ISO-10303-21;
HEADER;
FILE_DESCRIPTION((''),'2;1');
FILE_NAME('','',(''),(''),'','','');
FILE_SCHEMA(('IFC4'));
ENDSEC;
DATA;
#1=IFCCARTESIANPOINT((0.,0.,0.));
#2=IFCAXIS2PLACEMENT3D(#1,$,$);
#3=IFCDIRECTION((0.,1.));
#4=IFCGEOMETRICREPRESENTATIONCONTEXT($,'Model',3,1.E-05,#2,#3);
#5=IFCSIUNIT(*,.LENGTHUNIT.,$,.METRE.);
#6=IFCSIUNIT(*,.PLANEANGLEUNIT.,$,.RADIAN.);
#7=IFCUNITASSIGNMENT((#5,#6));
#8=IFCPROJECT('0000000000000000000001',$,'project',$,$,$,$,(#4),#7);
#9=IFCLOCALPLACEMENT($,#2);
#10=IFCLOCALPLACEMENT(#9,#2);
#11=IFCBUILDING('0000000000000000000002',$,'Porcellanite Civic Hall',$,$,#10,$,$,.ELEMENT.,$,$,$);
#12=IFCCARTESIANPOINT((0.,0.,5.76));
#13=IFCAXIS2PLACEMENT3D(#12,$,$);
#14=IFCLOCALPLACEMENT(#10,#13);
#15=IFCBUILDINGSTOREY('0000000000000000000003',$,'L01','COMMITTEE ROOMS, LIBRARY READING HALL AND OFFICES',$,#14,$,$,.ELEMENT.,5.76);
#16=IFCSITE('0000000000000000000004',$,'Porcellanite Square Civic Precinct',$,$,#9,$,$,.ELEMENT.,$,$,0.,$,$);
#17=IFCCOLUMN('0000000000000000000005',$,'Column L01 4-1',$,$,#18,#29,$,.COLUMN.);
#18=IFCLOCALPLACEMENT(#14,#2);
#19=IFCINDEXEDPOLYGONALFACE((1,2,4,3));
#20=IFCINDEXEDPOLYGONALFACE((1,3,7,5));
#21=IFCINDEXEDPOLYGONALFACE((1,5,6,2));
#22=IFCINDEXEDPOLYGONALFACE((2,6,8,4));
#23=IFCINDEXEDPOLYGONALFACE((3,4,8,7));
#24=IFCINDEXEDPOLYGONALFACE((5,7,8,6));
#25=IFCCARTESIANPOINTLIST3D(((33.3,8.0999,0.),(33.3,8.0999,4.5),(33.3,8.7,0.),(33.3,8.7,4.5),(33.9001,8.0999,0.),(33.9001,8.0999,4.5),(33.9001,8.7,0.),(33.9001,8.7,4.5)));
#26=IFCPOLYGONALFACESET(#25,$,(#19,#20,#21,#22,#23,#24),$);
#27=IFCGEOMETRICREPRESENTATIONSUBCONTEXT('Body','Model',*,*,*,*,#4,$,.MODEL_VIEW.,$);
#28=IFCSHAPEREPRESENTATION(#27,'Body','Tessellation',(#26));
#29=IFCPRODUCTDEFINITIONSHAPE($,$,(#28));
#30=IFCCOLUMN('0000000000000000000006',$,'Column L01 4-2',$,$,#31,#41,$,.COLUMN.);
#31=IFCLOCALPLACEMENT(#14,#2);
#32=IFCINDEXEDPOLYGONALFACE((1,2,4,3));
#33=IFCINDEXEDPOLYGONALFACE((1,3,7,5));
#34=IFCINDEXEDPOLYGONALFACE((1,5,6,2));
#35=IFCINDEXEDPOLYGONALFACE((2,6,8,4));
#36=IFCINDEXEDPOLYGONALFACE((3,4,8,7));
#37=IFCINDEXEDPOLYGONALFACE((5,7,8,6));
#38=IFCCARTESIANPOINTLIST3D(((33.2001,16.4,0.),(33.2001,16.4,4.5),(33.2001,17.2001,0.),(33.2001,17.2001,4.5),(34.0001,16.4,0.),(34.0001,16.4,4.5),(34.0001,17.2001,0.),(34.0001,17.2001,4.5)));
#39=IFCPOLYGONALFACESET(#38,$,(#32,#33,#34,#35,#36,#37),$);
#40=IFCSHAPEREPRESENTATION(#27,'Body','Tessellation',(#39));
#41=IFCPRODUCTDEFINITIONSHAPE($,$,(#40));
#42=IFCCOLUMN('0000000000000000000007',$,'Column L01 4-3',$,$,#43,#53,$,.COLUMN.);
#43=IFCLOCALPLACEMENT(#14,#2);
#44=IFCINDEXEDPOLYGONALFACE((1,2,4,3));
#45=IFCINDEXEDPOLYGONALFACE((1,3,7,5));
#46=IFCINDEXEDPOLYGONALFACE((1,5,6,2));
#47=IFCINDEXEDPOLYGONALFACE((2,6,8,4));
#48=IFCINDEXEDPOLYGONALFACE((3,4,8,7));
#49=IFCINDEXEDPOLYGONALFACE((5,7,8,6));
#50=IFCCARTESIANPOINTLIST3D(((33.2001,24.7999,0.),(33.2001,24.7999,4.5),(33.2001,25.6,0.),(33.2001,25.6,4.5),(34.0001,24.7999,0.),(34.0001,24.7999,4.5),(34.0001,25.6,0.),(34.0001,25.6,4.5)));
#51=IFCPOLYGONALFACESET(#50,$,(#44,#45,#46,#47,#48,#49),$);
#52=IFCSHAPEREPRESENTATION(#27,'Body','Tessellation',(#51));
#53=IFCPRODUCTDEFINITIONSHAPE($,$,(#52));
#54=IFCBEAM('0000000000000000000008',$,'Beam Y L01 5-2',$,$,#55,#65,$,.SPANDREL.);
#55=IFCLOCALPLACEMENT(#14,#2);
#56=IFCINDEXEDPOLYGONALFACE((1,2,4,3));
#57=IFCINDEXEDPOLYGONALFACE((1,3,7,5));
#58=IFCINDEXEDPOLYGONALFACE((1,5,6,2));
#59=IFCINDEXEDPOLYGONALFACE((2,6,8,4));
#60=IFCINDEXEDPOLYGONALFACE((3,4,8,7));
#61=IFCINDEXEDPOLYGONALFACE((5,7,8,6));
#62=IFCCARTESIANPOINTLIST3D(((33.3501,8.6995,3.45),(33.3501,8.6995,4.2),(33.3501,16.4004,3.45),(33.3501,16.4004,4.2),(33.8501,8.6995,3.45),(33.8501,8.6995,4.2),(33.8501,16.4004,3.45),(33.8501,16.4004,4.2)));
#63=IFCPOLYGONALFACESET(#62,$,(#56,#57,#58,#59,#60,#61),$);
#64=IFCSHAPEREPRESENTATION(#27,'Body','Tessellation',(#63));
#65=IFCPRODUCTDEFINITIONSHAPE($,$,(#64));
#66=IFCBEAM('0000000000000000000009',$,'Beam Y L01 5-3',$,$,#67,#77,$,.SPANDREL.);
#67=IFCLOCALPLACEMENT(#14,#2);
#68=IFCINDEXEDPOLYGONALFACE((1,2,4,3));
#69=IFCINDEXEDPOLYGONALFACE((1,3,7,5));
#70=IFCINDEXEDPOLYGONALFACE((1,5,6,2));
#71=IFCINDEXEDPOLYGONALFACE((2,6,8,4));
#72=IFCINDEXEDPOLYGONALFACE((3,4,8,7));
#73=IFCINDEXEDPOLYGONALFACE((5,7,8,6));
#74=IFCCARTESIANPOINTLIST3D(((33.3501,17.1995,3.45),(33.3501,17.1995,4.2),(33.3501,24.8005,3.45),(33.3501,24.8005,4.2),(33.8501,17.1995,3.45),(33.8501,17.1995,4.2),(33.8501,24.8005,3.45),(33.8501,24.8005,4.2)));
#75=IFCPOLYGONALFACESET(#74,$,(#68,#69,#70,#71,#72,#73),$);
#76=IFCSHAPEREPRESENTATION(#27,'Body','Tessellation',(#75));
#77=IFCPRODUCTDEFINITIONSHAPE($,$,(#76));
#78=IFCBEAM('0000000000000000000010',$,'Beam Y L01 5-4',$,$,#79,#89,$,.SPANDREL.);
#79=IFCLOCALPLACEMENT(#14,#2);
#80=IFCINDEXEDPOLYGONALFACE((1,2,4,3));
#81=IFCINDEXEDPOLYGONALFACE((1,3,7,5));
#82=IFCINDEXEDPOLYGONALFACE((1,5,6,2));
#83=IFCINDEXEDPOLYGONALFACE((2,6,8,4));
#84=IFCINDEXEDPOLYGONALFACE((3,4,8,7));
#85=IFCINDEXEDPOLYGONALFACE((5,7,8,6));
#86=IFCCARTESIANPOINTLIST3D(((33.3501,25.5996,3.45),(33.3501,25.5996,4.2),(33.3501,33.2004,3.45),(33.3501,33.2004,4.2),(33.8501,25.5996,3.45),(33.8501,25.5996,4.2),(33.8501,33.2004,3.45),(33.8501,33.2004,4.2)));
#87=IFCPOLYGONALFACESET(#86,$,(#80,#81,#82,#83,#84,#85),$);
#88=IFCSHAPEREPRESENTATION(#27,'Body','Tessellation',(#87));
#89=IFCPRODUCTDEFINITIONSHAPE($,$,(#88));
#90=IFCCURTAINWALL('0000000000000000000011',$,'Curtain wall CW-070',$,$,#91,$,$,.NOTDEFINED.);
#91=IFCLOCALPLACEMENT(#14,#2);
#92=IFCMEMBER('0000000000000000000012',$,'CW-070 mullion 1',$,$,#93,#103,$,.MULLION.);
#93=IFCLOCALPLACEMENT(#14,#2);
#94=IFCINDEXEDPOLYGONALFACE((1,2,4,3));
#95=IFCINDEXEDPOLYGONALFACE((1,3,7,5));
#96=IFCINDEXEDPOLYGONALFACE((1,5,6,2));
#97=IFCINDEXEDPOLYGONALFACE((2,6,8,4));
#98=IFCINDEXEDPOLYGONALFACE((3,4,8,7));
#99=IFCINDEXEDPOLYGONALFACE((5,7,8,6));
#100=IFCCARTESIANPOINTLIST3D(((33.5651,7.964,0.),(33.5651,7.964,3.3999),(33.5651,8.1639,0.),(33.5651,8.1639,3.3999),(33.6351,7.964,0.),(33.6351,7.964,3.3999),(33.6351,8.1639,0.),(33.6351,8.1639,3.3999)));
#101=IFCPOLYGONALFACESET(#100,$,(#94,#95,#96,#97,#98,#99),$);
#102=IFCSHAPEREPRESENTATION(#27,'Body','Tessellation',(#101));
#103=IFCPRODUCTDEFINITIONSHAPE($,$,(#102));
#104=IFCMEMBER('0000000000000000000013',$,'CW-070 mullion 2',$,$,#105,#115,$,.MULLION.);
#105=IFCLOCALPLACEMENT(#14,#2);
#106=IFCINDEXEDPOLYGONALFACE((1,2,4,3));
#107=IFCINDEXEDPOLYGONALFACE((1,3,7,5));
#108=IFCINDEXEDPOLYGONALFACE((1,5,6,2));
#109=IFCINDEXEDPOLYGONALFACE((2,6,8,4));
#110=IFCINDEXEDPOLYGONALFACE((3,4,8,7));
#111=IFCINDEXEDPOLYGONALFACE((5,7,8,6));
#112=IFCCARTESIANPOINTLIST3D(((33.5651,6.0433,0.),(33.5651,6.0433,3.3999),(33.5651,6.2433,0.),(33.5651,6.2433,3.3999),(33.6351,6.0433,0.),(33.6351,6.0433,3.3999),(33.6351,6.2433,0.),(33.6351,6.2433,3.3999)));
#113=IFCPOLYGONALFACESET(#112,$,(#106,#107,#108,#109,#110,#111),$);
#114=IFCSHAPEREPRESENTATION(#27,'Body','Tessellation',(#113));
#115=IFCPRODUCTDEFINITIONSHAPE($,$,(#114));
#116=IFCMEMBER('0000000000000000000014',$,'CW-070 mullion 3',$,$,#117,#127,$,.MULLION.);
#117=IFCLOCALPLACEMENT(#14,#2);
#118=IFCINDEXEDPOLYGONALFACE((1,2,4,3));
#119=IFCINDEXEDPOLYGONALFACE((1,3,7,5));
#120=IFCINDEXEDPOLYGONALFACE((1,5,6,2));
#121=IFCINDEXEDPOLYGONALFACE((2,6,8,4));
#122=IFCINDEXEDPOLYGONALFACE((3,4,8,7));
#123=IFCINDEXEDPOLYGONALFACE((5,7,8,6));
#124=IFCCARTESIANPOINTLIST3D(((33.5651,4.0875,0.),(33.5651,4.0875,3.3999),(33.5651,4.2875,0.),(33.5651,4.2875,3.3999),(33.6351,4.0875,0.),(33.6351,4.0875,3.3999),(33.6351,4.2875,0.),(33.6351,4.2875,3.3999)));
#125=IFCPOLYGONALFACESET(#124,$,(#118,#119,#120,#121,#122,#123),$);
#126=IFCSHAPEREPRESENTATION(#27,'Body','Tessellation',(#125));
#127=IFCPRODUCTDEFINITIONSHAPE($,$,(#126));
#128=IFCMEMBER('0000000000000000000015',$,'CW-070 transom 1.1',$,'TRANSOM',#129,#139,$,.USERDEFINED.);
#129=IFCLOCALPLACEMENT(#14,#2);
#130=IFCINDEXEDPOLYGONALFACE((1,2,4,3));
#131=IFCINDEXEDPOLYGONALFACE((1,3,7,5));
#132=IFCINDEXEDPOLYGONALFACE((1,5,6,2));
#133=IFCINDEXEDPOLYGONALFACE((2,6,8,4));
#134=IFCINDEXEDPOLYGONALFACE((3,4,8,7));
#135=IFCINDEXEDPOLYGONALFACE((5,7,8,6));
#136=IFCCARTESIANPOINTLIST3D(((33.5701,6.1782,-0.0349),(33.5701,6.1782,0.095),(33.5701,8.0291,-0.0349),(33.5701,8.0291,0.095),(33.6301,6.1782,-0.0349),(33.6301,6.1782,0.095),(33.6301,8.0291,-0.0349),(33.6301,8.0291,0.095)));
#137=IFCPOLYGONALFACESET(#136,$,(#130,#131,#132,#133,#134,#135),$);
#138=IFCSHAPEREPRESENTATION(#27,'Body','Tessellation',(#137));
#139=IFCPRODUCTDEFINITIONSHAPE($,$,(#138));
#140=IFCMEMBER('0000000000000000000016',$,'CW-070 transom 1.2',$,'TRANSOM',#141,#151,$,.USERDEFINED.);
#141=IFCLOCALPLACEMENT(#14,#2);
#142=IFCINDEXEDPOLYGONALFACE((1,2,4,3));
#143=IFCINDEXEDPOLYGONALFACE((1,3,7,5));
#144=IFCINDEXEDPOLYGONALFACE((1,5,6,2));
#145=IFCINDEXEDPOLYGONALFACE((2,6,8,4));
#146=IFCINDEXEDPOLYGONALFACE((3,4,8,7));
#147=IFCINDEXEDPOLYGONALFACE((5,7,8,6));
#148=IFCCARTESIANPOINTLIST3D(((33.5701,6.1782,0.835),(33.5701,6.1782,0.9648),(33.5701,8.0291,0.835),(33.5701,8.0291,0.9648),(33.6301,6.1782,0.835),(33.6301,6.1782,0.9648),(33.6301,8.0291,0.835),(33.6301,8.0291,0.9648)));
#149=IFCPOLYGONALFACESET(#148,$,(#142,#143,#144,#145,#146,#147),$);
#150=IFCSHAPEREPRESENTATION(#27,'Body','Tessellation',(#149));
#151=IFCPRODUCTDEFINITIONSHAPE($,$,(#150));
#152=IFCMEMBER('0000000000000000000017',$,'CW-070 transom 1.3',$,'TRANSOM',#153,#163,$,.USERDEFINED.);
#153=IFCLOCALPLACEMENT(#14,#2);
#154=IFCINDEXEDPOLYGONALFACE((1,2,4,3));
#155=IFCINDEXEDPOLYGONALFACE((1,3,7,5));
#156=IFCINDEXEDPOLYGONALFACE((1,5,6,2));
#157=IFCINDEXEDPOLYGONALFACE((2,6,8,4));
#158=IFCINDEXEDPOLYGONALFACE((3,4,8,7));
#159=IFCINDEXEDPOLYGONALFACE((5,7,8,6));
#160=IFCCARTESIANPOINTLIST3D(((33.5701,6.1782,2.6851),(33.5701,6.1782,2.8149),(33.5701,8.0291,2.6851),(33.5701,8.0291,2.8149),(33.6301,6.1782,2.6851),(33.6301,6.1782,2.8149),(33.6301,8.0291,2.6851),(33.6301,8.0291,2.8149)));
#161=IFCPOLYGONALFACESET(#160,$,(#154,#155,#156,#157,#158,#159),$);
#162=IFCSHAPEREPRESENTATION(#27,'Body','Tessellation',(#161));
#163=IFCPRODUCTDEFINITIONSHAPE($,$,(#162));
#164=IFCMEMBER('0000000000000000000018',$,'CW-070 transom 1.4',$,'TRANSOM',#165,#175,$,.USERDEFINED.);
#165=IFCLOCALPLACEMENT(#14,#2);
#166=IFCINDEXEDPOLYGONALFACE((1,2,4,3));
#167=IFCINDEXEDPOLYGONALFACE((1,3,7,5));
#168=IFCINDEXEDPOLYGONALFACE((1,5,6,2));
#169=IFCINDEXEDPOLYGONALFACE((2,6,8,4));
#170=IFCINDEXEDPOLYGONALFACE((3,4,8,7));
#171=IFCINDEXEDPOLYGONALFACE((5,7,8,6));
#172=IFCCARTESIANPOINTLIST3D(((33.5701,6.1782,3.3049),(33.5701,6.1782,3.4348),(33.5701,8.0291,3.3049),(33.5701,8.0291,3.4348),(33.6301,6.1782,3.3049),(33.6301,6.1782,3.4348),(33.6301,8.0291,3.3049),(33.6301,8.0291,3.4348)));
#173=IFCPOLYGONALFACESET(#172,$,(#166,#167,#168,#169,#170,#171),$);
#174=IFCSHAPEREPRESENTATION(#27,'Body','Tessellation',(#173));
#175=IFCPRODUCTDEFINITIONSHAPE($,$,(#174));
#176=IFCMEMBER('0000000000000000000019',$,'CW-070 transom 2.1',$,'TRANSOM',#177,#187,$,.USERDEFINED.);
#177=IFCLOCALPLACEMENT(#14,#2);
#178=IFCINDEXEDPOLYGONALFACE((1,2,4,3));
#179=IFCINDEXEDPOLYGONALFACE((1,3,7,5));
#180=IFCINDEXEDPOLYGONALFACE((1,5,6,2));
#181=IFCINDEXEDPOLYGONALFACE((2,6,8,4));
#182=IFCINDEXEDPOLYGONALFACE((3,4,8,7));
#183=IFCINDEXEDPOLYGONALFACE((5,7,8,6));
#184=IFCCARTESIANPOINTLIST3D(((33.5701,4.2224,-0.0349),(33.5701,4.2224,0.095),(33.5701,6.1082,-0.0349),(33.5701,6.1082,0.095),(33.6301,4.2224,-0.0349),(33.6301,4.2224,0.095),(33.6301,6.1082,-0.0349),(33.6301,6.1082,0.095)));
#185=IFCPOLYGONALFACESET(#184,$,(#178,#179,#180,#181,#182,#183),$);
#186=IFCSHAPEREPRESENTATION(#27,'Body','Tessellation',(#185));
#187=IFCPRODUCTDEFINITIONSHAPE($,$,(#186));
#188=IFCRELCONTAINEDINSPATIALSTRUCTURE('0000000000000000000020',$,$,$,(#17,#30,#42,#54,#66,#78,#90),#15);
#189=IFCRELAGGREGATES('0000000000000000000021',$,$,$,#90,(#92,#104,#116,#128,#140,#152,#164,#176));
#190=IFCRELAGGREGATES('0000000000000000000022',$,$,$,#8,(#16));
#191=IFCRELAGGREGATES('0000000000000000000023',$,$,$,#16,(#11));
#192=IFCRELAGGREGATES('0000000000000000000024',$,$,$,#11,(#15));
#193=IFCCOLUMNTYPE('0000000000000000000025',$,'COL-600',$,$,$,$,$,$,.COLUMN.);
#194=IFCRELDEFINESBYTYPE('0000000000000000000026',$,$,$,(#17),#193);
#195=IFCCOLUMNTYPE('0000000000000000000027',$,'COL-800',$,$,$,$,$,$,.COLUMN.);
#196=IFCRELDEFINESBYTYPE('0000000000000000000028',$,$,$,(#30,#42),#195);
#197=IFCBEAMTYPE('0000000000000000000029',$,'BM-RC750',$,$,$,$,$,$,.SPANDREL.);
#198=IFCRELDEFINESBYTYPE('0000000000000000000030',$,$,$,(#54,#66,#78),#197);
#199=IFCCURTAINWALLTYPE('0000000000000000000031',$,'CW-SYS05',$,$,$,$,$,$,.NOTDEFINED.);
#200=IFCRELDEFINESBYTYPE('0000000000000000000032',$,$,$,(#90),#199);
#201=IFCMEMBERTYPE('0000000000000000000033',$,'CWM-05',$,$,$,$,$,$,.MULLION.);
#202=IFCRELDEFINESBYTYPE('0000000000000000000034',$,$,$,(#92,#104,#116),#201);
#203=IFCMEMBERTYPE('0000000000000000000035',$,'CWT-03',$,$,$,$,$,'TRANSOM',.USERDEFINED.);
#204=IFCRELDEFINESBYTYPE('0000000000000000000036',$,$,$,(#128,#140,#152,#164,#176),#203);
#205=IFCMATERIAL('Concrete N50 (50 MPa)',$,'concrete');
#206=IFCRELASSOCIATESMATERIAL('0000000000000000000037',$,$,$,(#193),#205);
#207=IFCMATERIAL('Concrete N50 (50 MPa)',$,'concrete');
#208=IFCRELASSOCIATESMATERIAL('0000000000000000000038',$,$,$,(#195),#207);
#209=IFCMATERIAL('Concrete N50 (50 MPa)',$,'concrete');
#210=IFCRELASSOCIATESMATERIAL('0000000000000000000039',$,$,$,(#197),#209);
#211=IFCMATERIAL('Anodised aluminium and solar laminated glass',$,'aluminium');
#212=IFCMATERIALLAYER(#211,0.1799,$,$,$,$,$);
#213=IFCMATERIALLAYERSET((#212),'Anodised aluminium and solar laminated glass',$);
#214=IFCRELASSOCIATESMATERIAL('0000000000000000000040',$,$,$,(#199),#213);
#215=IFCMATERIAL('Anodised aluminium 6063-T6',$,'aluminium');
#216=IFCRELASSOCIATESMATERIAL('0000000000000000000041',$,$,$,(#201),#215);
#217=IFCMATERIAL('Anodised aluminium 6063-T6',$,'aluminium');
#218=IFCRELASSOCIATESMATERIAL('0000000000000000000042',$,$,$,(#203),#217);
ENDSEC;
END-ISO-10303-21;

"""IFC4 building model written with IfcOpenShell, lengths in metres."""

from ifc_helpers import new_model, si_unit, direction, frame, origin, origin_2d, place, context, subcontext, project, spatial, rectangle, extrude, material, layer, layer_set, material_profile, profile_set, type_object, element, aggregate, save


model = new_model("IFC4")

# Units and contexts
model_context = context("Model", 3, precision=1e-05, world=origin(), true_north=direction((0.0, 1.0)))
body_context = subcontext(model_context, "Body", "Model", "MODEL_VIEW")
ifc_project = project(units=[si_unit("LENGTHUNIT", "METRE"), si_unit("PLANEANGLEUNIT", "RADIAN")], contexts=[model_context])

# Site, building, storey
site_placement = place(None, origin())
site = spatial("IfcSite", under=ifc_project, at=site_placement, Name="Porcellanite Square Civic Precinct", CompositionType="ELEMENT", RefElevation=0.0)
building_placement = place(site_placement, origin())
building = spatial("IfcBuilding", under=site, at=building_placement, Name="Porcellanite Civic Hall", CompositionType="ELEMENT")
storey_placement = place(building_placement, frame((0.0, 0.0, 5.76)))
storey = spatial("IfcBuildingStorey", under=building, at=storey_placement, Name="L01", Description="COMMITTEE ROOMS, LIBRARY READING HALL AND OFFICES", CompositionType="ELEMENT", Elevation=5.76)

# Columns
ifc_material_1 = material(Name="Concrete N50 (50 MPa)", Category="concrete")
ifc_material_profile_1 = material_profile(ifc_material_1, rectangle(XDim=0.6001, YDim=0.6001, at=origin_2d()), Name="RC-600x600")
ifc_profile_set_1 = profile_set([ifc_material_profile_1], Name="Concrete N50 (50 MPa)")
column_type_1 = type_object("IfcColumnType", Name="COL-600", PredefinedType="COLUMN", material=ifc_profile_set_1)
column_placement = place(storey_placement, frame((33.6001, 8.3999, 0.0), z_axis=(0.0, 0.0, 1.0), x_axis=(1.0, 0.0, 0.0)))
element("IfcColumn", 1, at=column_placement, inside=storey, type_object=column_type_1, Name="Column L01 4-1", PredefinedType="COLUMN", context=body_context, shape_type="SweptSolid", body=[
    extrude(rectangle(XDim=0.6001, YDim=0.6001, at=origin_2d()), origin(), (0.0, 0.0, 1.0), 4.5),
])
ifc_material_2 = material(Name="Concrete N50 (50 MPa)", Category="concrete")
ifc_material_profile_2 = material_profile(ifc_material_2, rectangle(XDim=0.8, YDim=0.8, at=origin_2d()), Name="RC-800x800")
ifc_profile_set_2 = profile_set([ifc_material_profile_2], Name="Concrete N50 (50 MPa)")
column_type_2 = type_object("IfcColumnType", Name="COL-800", PredefinedType="COLUMN", material=ifc_profile_set_2)
for number, where, z_axis, x_axis, name in (
    (2, (33.6001, 16.8, 0.0), (0.0, 0.0, 1.0), (1.0, 0.0, 0.0), "Column L01 4-2"),
    (3, (33.6001, 25.2, 0.0), (0.0, 0.0, 1.0), (1.0, 0.0, 0.0), "Column L01 4-3"),
):
    element("IfcColumn", number, at=place(storey_placement, frame(where, z_axis=z_axis, x_axis=x_axis)), inside=storey, type_object=column_type_2, Name=name, PredefinedType="COLUMN", context=body_context, shape_type="SweptSolid", body=[
        extrude(rectangle(XDim=0.8, YDim=0.8, at=origin_2d()), origin(), (0.0, 0.0, 1.0), 4.5),
    ])

# Beams
ifc_material_3 = material(Name="Concrete N50 (50 MPa)", Category="concrete")
ifc_material_profile_3 = material_profile(ifc_material_3, rectangle(XDim=0.5, YDim=0.75, at=origin_2d()), Name="RC-500x750")
ifc_profile_set_3 = profile_set([ifc_material_profile_3], Name="Concrete N50 (50 MPa)")
beam_type_1 = type_object("IfcBeamType", Name="BM-RC750", PredefinedType="SPANDREL", material=ifc_profile_set_3)
beam_1_placement = place(storey_placement, frame((33.6001, 8.6995, 3.825), z_axis=(0.0, 1.0, 0.0), x_axis=(-1.0, 0.0, 0.0)))
element("IfcBeam", 4, at=beam_1_placement, inside=storey, type_object=beam_type_1, Name="Beam Y L01 5-2", PredefinedType="SPANDREL", context=body_context, shape_type="SweptSolid", body=[
    extrude(rectangle(XDim=0.5, YDim=0.75, at=origin_2d()), origin(), (0.0, 0.0, 1.0), 7.7009),
])
beam_2_placement = place(storey_placement, frame((33.6001, 17.1995, 3.825), z_axis=(0.0, 1.0, 0.0), x_axis=(-1.0, 0.0, 0.0)))
element("IfcBeam", 5, at=beam_2_placement, inside=storey, type_object=beam_type_1, Name="Beam Y L01 5-3", PredefinedType="SPANDREL", context=body_context, shape_type="SweptSolid", body=[
    extrude(rectangle(XDim=0.5, YDim=0.75, at=origin_2d()), origin(), (0.0, 0.0, 1.0), 7.6011),
])
beam_3_placement = place(storey_placement, frame((33.6001, 25.5996, 3.825), z_axis=(0.0, 1.0, 0.0), x_axis=(-1.0, 0.0, 0.0)))
element("IfcBeam", 6, at=beam_3_placement, inside=storey, type_object=beam_type_1, Name="Beam Y L01 5-4", PredefinedType="SPANDREL", context=body_context, shape_type="SweptSolid", body=[
    extrude(rectangle(XDim=0.5, YDim=0.75, at=origin_2d()), origin(), (0.0, 0.0, 1.0), 7.6008),
])

# Curtain wall, members
ifc_material_4 = material(Name="Anodised aluminium and solar laminated glass", Category="aluminium")
ifc_layer_1 = layer(ifc_material_4, 0.1799)
ifc_layer_set_1 = layer_set([ifc_layer_1], Name="Anodised aluminium and solar laminated glass")
curtain_wall_type = type_object("IfcCurtainWallType", Name="CW-SYS05", PredefinedType="NOTDEFINED", material=ifc_layer_set_1)
curtain_wall_placement = place(storey_placement, origin())
curtain_wall = element("IfcCurtainWall", 7, at=curtain_wall_placement, inside=storey, type_object=curtain_wall_type, Name="Curtain wall CW-070", PredefinedType="NOTDEFINED")
ifc_material_5 = material(Name="Anodised aluminium 6063-T6", Category="aluminium")
ifc_material_profile_4 = material_profile(ifc_material_5, rectangle(XDim=0.0701, YDim=0.2, at=origin_2d()), Name="AL-70x200")
ifc_profile_set_4 = profile_set([ifc_material_profile_4], Name="Anodised aluminium 6063-T6")
member_type_1 = type_object("IfcMemberType", Name="CWM-05", PredefinedType="MULLION", material=ifc_profile_set_4)
member_1_placement = place(storey_placement, frame((33.6001, 8.064, 0.0), z_axis=(0.0, 0.0, 1.0), x_axis=(1.0, 0.0, 0.0)))
member_1 = element("IfcMember", 8, at=member_1_placement, type_object=member_type_1, Name="CW-070 mullion 1", PredefinedType="MULLION", context=body_context, shape_type="SweptSolid", body=[
    extrude(rectangle(XDim=0.0701, YDim=0.2, at=origin_2d()), origin(), (0.0, 0.0, 1.0), 3.3999),
])
member_2_placement = place(storey_placement, frame((33.6001, 6.1433, 0.0), z_axis=(0.0, 0.0, 1.0), x_axis=(1.0, 0.0, 0.0)))
member_2 = element("IfcMember", 9, at=member_2_placement, type_object=member_type_1, Name="CW-070 mullion 2", PredefinedType="MULLION", context=body_context, shape_type="SweptSolid", body=[
    extrude(rectangle(XDim=0.0701, YDim=0.2, at=origin_2d()), origin(), (0.0, 0.0, 1.0), 3.3999),
])
member_3_placement = place(storey_placement, frame((33.6001, 4.1875, 0.0), z_axis=(0.0, 0.0, 1.0), x_axis=(1.0, 0.0, 0.0)))
member_3 = element("IfcMember", 10, at=member_3_placement, type_object=member_type_1, Name="CW-070 mullion 3", PredefinedType="MULLION", context=body_context, shape_type="SweptSolid", body=[
    extrude(rectangle(XDim=0.0701, YDim=0.2, at=origin_2d()), origin(), (0.0, 0.0, 1.0), 3.3999),
])
ifc_material_6 = material(Name="Anodised aluminium 6063-T6", Category="aluminium")
ifc_material_profile_5 = material_profile(ifc_material_6, rectangle(XDim=0.0601, YDim=0.1299, at=origin_2d()), Name="AL-60x130")
ifc_profile_set_5 = profile_set([ifc_material_profile_5], Name="Anodised aluminium 6063-T6")
member_type_2 = type_object("IfcMemberType", Name="CWT-03", ElementType="TRANSOM", PredefinedType="USERDEFINED", material=ifc_profile_set_5)
member_4_placement = place(storey_placement, frame((33.6001, 8.0291, 0.03), z_axis=(0.0, -1.0, 0.0), x_axis=(1.0, 0.0, 0.0)))
member_4 = element("IfcMember", 11, at=member_4_placement, type_object=member_type_2, Name="CW-070 transom 1.1", ObjectType="TRANSOM", PredefinedType="USERDEFINED", context=body_context, shape_type="SweptSolid", body=[
    extrude(rectangle(XDim=0.0601, YDim=0.1299, at=origin_2d()), origin(), (0.0, 0.0, 1.0), 1.8508),
])
member_5_placement = place(storey_placement, frame((33.6001, 8.0291, 0.8999), z_axis=(0.0, -1.0, 0.0), x_axis=(1.0, 0.0, 0.0)))
member_5 = element("IfcMember", 12, at=member_5_placement, type_object=member_type_2, Name="CW-070 transom 1.2", ObjectType="TRANSOM", PredefinedType="USERDEFINED", context=body_context, shape_type="SweptSolid", body=[
    extrude(rectangle(XDim=0.0601, YDim=0.1299, at=origin_2d()), origin(), (0.0, 0.0, 1.0), 1.8508),
])
member_6_placement = place(storey_placement, frame((33.6001, 8.0291, 2.75), z_axis=(0.0, -1.0, 0.0), x_axis=(1.0, 0.0, 0.0)))
member_6 = element("IfcMember", 13, at=member_6_placement, type_object=member_type_2, Name="CW-070 transom 1.3", ObjectType="TRANSOM", PredefinedType="USERDEFINED", context=body_context, shape_type="SweptSolid", body=[
    extrude(rectangle(XDim=0.0601, YDim=0.1299, at=origin_2d()), origin(), (0.0, 0.0, 1.0), 1.8508),
])
member_7_placement = place(storey_placement, frame((33.6001, 8.0291, 3.3699), z_axis=(0.0, -1.0, 0.0), x_axis=(1.0, 0.0, 0.0)))
member_7 = element("IfcMember", 14, at=member_7_placement, type_object=member_type_2, Name="CW-070 transom 1.4", ObjectType="TRANSOM", PredefinedType="USERDEFINED", context=body_context, shape_type="SweptSolid", body=[
    extrude(rectangle(XDim=0.0601, YDim=0.1299, at=origin_2d()), origin(), (0.0, 0.0, 1.0), 1.8508),
])
member_8_placement = place(storey_placement, frame((33.6001, 6.1082, 0.03), z_axis=(0.0, -1.0, 0.0), x_axis=(1.0, 0.0, 0.0)))
member_8 = element("IfcMember", 15, at=member_8_placement, type_object=member_type_2, Name="CW-070 transom 2.1", ObjectType="TRANSOM", PredefinedType="USERDEFINED", context=body_context, shape_type="SweptSolid", body=[
    extrude(rectangle(XDim=0.0601, YDim=0.1299, at=origin_2d()), origin(), (0.0, 0.0, 1.0), 1.8857),
])

aggregate(curtain_wall, [member_1, member_2, member_3, member_4, member_5, member_6, member_7, member_8])

save(model, "model.ifc")
